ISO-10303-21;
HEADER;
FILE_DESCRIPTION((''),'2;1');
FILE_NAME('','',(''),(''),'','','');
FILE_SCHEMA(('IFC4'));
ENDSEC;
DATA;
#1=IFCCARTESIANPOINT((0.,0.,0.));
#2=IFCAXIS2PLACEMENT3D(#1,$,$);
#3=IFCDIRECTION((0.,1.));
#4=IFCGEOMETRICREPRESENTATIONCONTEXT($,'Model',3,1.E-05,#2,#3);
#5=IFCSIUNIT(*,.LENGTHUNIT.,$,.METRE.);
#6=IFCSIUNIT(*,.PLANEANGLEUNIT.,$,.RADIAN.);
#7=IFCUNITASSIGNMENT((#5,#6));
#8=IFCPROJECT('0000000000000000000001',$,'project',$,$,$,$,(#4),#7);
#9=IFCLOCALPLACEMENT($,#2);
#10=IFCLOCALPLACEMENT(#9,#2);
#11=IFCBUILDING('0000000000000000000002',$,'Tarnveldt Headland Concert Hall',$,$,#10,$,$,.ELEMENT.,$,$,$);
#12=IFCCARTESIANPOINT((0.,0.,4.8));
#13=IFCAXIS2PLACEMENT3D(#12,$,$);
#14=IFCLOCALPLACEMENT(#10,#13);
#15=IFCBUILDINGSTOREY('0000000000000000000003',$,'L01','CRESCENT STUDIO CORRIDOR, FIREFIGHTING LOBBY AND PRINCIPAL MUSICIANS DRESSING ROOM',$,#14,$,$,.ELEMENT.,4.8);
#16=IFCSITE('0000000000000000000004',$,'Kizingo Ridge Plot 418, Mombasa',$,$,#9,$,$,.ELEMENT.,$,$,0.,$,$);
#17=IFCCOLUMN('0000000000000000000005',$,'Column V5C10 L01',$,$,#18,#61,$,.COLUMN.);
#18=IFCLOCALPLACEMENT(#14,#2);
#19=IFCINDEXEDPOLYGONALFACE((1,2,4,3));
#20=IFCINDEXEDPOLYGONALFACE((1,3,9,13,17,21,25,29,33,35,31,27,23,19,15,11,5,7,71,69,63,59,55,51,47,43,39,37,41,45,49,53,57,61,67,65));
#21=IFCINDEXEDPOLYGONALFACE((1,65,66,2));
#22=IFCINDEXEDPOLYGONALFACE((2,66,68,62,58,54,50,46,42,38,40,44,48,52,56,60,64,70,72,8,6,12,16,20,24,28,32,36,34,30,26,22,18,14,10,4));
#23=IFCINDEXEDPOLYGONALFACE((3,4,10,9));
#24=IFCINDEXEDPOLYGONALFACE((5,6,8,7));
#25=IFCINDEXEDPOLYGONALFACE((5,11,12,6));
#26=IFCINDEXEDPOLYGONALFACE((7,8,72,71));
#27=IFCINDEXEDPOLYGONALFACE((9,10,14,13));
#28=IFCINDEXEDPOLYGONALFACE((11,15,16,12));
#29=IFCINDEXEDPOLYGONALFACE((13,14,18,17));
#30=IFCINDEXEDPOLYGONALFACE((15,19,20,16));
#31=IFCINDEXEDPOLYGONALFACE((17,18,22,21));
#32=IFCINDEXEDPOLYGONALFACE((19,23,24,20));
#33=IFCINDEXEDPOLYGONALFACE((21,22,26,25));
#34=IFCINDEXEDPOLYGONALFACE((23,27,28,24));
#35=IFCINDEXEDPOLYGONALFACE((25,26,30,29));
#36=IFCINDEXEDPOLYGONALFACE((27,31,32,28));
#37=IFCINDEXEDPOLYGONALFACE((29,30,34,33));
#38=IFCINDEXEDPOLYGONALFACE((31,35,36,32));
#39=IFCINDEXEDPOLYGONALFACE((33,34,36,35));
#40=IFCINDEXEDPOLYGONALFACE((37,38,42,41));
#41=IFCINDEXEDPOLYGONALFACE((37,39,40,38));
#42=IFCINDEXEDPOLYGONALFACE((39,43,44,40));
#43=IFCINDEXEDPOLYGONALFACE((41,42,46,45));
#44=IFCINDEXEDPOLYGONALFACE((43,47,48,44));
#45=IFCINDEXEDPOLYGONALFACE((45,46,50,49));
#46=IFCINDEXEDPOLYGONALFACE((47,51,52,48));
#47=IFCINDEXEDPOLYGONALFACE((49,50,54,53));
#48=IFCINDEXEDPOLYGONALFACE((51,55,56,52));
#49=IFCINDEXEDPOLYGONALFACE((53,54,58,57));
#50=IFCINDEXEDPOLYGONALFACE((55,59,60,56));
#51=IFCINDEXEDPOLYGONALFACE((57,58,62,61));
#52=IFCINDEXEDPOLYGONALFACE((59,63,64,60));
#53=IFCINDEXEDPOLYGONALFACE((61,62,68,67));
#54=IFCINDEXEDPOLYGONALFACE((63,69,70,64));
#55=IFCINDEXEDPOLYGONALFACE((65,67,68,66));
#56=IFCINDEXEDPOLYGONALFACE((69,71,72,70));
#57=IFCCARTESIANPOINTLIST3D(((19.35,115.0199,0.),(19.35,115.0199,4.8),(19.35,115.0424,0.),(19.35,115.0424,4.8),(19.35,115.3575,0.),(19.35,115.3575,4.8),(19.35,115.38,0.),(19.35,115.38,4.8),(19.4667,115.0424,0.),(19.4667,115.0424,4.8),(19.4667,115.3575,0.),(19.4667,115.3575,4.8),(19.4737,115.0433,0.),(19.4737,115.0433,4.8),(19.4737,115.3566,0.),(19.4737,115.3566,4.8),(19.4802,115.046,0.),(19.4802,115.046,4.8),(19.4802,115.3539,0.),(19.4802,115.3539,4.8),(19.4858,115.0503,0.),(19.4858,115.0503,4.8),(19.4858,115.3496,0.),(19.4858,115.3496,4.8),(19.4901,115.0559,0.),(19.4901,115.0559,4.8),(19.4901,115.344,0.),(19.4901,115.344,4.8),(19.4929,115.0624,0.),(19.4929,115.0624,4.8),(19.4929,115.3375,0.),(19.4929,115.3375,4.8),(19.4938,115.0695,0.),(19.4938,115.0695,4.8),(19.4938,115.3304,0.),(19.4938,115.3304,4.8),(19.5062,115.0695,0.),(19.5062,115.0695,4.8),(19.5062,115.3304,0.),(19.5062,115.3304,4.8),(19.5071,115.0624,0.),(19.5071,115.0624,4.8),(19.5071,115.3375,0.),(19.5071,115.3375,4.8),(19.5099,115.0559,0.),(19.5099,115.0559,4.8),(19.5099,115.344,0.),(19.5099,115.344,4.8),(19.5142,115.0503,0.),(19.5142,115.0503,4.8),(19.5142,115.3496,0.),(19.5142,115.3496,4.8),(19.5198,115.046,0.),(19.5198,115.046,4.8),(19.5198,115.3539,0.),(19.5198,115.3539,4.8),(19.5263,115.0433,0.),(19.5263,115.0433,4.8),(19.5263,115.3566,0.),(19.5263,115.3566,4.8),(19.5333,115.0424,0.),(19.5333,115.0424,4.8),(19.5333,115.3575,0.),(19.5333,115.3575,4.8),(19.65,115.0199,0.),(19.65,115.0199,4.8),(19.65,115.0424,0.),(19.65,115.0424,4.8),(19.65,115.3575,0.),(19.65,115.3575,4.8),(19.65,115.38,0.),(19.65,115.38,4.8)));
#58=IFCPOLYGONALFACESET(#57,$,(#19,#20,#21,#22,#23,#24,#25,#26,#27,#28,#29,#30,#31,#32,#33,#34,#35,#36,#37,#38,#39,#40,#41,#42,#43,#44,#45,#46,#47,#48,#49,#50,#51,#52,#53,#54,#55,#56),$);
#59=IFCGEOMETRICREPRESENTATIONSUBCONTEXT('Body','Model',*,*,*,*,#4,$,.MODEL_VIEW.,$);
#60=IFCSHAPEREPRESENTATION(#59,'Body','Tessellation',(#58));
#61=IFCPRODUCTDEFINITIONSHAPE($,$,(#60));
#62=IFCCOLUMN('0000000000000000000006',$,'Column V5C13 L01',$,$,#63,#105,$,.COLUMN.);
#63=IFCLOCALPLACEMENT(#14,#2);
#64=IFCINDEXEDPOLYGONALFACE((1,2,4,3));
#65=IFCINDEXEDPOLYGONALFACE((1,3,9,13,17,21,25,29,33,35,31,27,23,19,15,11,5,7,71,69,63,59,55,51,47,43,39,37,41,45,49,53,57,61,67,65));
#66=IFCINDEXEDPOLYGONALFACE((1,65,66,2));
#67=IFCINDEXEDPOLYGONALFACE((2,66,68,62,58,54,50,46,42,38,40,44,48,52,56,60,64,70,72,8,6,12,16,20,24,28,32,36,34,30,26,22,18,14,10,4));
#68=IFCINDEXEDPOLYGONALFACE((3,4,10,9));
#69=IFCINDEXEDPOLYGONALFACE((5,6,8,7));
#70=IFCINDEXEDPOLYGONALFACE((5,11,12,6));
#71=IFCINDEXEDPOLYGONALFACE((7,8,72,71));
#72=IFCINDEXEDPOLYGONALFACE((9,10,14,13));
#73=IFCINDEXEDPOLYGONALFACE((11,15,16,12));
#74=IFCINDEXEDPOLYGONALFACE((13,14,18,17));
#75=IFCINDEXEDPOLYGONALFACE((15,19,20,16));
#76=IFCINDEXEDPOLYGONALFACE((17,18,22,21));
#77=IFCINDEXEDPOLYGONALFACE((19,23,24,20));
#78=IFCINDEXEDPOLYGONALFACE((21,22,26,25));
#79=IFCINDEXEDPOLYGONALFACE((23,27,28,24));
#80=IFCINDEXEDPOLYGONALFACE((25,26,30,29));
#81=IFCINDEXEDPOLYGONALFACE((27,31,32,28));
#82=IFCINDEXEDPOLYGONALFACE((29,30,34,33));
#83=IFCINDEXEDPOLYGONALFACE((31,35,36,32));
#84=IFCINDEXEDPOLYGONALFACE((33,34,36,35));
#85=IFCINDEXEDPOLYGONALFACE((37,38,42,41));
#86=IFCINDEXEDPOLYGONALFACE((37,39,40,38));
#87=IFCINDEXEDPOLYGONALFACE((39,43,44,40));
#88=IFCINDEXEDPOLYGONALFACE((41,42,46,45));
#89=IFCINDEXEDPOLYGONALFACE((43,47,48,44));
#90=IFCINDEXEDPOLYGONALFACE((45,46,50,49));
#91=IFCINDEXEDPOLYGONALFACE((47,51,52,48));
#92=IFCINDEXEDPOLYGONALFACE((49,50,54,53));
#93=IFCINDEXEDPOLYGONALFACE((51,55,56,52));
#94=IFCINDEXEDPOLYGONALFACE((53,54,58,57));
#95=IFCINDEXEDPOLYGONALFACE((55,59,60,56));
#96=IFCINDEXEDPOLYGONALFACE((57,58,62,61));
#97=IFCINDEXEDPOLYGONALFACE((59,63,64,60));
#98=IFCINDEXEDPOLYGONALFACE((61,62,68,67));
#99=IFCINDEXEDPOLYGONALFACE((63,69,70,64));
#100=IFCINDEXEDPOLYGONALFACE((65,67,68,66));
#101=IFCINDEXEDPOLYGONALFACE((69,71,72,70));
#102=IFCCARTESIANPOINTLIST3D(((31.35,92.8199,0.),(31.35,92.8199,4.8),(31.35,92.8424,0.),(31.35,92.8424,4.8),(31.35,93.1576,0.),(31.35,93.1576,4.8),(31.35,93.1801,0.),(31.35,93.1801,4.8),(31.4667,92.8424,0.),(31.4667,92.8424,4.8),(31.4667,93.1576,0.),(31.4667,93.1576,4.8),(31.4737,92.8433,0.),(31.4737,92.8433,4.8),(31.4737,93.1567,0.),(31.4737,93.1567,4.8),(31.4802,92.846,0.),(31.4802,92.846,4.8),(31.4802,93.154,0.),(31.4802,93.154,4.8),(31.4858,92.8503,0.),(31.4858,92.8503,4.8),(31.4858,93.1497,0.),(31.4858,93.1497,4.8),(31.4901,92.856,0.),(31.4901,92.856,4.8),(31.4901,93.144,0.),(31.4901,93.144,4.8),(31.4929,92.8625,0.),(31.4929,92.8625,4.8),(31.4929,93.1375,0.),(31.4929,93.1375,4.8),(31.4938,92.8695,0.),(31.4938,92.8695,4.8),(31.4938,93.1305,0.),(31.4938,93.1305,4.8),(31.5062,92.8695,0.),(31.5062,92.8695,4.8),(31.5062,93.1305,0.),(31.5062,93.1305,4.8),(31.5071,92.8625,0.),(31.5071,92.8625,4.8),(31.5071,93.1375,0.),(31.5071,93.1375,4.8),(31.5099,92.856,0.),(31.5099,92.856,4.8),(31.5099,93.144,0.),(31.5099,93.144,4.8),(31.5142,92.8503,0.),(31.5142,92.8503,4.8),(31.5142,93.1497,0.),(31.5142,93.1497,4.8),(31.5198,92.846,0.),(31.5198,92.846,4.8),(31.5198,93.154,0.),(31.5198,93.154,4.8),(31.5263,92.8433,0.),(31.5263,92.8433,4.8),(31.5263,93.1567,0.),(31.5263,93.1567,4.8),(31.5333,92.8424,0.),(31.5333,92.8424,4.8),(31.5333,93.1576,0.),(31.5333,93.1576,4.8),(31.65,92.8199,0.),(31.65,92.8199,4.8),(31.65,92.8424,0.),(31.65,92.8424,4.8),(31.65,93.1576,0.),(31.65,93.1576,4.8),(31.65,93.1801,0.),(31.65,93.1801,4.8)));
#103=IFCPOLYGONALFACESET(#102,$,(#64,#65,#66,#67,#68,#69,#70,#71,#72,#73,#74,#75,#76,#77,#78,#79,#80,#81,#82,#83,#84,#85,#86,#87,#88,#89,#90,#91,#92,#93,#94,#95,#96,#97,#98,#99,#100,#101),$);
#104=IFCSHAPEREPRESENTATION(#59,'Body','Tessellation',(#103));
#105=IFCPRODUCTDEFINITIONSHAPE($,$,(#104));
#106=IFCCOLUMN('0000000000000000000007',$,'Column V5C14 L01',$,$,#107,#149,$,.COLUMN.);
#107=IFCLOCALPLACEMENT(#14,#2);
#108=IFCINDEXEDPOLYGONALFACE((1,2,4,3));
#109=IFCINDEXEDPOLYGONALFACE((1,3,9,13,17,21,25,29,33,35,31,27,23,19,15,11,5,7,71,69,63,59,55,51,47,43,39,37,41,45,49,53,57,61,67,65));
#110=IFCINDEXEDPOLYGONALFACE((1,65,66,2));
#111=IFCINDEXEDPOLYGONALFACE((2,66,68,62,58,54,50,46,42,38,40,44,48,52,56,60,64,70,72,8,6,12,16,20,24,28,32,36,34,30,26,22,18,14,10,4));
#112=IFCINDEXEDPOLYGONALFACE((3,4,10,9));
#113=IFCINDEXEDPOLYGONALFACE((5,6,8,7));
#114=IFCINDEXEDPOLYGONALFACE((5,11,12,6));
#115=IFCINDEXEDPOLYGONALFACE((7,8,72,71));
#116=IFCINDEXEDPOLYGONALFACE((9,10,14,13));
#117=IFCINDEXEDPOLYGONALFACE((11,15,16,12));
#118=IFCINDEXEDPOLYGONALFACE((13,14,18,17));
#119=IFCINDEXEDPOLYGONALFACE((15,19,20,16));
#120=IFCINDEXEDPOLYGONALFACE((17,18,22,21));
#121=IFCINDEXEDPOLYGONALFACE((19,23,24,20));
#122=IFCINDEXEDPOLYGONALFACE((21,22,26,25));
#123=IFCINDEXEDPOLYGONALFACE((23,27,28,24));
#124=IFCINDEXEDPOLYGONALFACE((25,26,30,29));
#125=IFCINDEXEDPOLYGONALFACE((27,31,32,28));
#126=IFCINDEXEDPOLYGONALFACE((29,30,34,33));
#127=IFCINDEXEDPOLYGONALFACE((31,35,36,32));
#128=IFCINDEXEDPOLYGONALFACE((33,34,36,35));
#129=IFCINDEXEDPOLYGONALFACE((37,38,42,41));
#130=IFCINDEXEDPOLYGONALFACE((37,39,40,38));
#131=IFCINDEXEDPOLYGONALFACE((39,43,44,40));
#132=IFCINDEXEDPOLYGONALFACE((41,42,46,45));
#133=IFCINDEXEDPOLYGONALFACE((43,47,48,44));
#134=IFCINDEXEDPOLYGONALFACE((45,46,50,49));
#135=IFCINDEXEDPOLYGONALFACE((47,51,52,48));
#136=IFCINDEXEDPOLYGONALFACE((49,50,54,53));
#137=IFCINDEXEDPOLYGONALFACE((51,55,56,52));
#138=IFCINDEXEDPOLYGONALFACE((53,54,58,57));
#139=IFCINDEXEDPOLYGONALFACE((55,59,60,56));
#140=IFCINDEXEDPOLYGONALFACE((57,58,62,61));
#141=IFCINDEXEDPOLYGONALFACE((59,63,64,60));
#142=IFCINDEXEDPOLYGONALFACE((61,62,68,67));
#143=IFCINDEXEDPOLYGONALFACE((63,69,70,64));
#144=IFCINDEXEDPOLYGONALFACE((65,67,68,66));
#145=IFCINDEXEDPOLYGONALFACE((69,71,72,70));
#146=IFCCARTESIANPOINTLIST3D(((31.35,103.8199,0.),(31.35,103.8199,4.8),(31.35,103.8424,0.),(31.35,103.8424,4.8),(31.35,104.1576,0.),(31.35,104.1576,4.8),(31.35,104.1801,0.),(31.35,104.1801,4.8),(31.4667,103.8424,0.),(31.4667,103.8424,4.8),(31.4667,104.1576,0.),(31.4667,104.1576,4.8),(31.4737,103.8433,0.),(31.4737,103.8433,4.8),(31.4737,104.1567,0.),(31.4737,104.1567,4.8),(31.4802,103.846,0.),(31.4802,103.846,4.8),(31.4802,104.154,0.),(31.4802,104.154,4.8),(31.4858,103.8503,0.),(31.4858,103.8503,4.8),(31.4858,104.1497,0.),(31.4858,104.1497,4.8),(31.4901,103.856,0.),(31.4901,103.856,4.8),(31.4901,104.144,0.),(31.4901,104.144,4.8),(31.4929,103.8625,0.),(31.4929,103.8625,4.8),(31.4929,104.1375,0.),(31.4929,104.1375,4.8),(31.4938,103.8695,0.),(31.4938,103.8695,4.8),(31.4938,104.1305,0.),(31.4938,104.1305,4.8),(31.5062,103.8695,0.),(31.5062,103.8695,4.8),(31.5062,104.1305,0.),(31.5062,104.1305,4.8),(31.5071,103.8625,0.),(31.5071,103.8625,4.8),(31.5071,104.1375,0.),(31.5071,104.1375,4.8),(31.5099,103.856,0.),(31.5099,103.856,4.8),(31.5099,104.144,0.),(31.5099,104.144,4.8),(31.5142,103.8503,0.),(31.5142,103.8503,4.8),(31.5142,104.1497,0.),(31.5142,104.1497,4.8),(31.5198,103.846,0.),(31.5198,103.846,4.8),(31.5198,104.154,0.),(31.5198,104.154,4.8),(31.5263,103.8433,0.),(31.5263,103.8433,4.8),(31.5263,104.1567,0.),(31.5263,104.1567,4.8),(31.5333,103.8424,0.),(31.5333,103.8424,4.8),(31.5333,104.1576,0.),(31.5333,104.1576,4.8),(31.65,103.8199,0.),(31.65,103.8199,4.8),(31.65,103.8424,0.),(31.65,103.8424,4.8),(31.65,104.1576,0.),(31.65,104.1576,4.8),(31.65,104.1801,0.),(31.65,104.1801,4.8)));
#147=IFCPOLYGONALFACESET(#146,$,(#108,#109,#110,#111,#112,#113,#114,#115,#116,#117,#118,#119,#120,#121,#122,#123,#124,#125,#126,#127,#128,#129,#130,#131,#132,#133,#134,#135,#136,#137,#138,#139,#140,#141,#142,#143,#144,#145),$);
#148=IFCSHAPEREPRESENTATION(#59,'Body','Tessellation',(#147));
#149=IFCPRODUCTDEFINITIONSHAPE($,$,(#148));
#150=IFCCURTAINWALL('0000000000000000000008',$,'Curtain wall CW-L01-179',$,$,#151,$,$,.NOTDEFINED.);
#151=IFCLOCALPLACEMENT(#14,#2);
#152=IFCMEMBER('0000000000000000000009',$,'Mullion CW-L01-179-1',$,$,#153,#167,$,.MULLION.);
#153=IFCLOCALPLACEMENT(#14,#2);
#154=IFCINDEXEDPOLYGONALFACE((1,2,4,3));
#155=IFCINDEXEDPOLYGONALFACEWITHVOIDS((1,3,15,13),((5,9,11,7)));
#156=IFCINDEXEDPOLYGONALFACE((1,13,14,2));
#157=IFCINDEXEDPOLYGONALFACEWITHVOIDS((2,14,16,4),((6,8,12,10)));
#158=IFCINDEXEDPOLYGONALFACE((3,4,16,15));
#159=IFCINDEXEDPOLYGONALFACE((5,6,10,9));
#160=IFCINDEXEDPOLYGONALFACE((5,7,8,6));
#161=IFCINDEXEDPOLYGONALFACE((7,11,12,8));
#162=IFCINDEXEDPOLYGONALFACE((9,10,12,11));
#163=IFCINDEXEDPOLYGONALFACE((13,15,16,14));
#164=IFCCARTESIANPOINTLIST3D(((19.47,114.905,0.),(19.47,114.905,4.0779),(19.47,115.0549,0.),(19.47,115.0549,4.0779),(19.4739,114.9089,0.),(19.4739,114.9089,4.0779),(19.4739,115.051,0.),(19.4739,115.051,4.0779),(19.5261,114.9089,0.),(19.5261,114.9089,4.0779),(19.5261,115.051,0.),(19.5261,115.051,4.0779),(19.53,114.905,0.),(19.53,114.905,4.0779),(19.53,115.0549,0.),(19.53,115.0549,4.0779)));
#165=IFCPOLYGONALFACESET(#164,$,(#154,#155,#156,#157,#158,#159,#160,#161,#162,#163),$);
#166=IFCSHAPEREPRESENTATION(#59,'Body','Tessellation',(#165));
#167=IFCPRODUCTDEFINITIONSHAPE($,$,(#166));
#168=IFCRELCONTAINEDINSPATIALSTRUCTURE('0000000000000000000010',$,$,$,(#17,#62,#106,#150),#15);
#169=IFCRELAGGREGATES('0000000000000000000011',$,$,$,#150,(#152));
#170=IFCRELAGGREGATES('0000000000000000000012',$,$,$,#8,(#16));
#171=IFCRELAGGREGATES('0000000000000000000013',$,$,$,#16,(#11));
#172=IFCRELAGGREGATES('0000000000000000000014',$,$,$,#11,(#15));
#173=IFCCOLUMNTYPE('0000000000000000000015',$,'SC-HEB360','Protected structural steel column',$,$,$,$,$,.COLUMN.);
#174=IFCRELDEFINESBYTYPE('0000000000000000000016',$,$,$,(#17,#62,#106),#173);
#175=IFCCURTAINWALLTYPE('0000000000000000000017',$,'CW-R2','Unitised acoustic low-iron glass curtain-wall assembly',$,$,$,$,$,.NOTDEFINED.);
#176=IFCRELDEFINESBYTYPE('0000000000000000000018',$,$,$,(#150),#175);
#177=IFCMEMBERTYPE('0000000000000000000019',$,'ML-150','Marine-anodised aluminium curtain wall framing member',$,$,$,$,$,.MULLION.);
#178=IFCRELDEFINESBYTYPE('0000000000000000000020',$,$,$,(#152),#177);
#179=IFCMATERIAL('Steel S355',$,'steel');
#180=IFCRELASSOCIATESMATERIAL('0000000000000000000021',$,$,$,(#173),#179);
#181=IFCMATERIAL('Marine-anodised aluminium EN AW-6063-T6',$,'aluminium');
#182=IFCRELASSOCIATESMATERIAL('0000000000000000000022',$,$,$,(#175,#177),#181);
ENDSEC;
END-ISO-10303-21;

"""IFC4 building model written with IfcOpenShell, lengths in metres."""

from ifc_helpers import new_model, si_unit, direction, frame, origin, origin_2d, place, context, subcontext, project, spatial, hollow_rectangle, i_section, extrude, material, material_profile, profile_set, type_object, element, aggregate, save


model = new_model("IFC4")

# Units and contexts
model_context = context("Model", 3, precision=1e-05, world=origin(), true_north=direction((0.0, 1.0)))
body_context = subcontext(model_context, "Body", "Model", "MODEL_VIEW")
ifc_project = project(units=[si_unit("LENGTHUNIT", "METRE"), si_unit("PLANEANGLEUNIT", "RADIAN")], contexts=[model_context])

# Site, building, storey
site_placement = place(None, origin())
site = spatial("IfcSite", under=ifc_project, at=site_placement, Name="Kizingo Ridge Plot 418, Mombasa", CompositionType="ELEMENT", RefElevation=0.0)
building_placement = place(site_placement, origin())
building = spatial("IfcBuilding", under=site, at=building_placement, Name="Tarnveldt Headland Concert Hall", CompositionType="ELEMENT")
storey_placement = place(building_placement, frame((0.0, 0.0, 4.8)))
storey = spatial("IfcBuildingStorey", under=building, at=storey_placement, Name="L01", Description="CRESCENT STUDIO CORRIDOR, FIREFIGHTING LOBBY AND PRINCIPAL MUSICIANS DRESSING ROOM", CompositionType="ELEMENT", Elevation=4.8)

# Columns
ifc_material_1 = material(Name="Steel S355", Category="steel")
ifc_material_profile_1 = material_profile(ifc_material_1, i_section(OverallWidth=0.3, OverallDepth=0.3601, WebThickness=0.0125, FlangeThickness=0.0225, FilletRadius=0.0271, at=origin_2d()), Name="HEB360", Category="steel")
ifc_profile_set_1 = profile_set([ifc_material_profile_1], Name="Steel S355")
column_type = type_object("IfcColumnType", Name="SC-HEB360", Description="Protected structural steel column", PredefinedType="COLUMN", material=ifc_profile_set_1)
for number, where, z_axis, x_axis, name in (
    (1, (19.5, 115.2, 0.0), (0.0, 0.0, 1.0), (1.0, 0.0, 0.0), "Column V5C10 L01"),
    (2, (31.5, 93.0, 0.0), (0.0, 0.0, 1.0), (1.0, 0.0, 0.0), "Column V5C13 L01"),
    (3, (31.5, 104.0, 0.0), (0.0, 0.0, 1.0), (1.0, 0.0, 0.0), "Column V5C14 L01"),
):
    element("IfcColumn", number, at=place(storey_placement, frame(where, z_axis=z_axis, x_axis=x_axis)), inside=storey, type_object=column_type, Name=name, PredefinedType="COLUMN", context=body_context, shape_type="SweptSolid", body=[
        extrude(i_section(OverallWidth=0.3, OverallDepth=0.3601, WebThickness=0.0125, FlangeThickness=0.0225, FilletRadius=0.0271, at=origin_2d()), origin(), (0.0, 0.0, 1.0), 4.8),
    ])

# Curtain wall, member
ifc_material_2 = material(Name="Marine-anodised aluminium EN AW-6063-T6", Category="aluminium")
curtain_wall_type = type_object("IfcCurtainWallType", Name="CW-R2", Description="Unitised acoustic low-iron glass curtain-wall assembly", PredefinedType="NOTDEFINED", material=ifc_material_2)
curtain_wall_placement = place(storey_placement, origin())
curtain_wall = element("IfcCurtainWall", 4, at=curtain_wall_placement, inside=storey, type_object=curtain_wall_type, Name="Curtain wall CW-L01-179", PredefinedType="NOTDEFINED")
ifc_material_profile_2 = material_profile(ifc_material_2, hollow_rectangle(XDim=0.0601, YDim=0.1499, WallThickness=0.0039, at=origin_2d()), Name="ALU MULLION 60x150x4", Category="aluminium")
ifc_profile_set_2 = profile_set([ifc_material_profile_2], Name="Marine-anodised aluminium EN AW-6063-T6")
member_type_1 = type_object("IfcMemberType", Name="ML-150", Description="Marine-anodised aluminium curtain wall framing member", PredefinedType="MULLION", material=ifc_profile_set_2)
member_1_placement = place(storey_placement, frame((19.5, 114.98, 0.0), z_axis=(0.0, 0.0, 1.0), x_axis=(1.0, 0.0, 0.0)))
member_1 = element("IfcMember", 5, at=member_1_placement, type_object=member_type_1, Name="Mullion CW-L01-179-1", PredefinedType="MULLION", context=body_context, shape_type="SweptSolid", body=[
    extrude(hollow_rectangle(XDim=0.0601, YDim=0.1499, WallThickness=0.0039, at=origin_2d()), origin(), (0.0, 0.0, 1.0), 4.0779),
])

aggregate(curtain_wall, [member_1])

save(model, "model.ifc")
